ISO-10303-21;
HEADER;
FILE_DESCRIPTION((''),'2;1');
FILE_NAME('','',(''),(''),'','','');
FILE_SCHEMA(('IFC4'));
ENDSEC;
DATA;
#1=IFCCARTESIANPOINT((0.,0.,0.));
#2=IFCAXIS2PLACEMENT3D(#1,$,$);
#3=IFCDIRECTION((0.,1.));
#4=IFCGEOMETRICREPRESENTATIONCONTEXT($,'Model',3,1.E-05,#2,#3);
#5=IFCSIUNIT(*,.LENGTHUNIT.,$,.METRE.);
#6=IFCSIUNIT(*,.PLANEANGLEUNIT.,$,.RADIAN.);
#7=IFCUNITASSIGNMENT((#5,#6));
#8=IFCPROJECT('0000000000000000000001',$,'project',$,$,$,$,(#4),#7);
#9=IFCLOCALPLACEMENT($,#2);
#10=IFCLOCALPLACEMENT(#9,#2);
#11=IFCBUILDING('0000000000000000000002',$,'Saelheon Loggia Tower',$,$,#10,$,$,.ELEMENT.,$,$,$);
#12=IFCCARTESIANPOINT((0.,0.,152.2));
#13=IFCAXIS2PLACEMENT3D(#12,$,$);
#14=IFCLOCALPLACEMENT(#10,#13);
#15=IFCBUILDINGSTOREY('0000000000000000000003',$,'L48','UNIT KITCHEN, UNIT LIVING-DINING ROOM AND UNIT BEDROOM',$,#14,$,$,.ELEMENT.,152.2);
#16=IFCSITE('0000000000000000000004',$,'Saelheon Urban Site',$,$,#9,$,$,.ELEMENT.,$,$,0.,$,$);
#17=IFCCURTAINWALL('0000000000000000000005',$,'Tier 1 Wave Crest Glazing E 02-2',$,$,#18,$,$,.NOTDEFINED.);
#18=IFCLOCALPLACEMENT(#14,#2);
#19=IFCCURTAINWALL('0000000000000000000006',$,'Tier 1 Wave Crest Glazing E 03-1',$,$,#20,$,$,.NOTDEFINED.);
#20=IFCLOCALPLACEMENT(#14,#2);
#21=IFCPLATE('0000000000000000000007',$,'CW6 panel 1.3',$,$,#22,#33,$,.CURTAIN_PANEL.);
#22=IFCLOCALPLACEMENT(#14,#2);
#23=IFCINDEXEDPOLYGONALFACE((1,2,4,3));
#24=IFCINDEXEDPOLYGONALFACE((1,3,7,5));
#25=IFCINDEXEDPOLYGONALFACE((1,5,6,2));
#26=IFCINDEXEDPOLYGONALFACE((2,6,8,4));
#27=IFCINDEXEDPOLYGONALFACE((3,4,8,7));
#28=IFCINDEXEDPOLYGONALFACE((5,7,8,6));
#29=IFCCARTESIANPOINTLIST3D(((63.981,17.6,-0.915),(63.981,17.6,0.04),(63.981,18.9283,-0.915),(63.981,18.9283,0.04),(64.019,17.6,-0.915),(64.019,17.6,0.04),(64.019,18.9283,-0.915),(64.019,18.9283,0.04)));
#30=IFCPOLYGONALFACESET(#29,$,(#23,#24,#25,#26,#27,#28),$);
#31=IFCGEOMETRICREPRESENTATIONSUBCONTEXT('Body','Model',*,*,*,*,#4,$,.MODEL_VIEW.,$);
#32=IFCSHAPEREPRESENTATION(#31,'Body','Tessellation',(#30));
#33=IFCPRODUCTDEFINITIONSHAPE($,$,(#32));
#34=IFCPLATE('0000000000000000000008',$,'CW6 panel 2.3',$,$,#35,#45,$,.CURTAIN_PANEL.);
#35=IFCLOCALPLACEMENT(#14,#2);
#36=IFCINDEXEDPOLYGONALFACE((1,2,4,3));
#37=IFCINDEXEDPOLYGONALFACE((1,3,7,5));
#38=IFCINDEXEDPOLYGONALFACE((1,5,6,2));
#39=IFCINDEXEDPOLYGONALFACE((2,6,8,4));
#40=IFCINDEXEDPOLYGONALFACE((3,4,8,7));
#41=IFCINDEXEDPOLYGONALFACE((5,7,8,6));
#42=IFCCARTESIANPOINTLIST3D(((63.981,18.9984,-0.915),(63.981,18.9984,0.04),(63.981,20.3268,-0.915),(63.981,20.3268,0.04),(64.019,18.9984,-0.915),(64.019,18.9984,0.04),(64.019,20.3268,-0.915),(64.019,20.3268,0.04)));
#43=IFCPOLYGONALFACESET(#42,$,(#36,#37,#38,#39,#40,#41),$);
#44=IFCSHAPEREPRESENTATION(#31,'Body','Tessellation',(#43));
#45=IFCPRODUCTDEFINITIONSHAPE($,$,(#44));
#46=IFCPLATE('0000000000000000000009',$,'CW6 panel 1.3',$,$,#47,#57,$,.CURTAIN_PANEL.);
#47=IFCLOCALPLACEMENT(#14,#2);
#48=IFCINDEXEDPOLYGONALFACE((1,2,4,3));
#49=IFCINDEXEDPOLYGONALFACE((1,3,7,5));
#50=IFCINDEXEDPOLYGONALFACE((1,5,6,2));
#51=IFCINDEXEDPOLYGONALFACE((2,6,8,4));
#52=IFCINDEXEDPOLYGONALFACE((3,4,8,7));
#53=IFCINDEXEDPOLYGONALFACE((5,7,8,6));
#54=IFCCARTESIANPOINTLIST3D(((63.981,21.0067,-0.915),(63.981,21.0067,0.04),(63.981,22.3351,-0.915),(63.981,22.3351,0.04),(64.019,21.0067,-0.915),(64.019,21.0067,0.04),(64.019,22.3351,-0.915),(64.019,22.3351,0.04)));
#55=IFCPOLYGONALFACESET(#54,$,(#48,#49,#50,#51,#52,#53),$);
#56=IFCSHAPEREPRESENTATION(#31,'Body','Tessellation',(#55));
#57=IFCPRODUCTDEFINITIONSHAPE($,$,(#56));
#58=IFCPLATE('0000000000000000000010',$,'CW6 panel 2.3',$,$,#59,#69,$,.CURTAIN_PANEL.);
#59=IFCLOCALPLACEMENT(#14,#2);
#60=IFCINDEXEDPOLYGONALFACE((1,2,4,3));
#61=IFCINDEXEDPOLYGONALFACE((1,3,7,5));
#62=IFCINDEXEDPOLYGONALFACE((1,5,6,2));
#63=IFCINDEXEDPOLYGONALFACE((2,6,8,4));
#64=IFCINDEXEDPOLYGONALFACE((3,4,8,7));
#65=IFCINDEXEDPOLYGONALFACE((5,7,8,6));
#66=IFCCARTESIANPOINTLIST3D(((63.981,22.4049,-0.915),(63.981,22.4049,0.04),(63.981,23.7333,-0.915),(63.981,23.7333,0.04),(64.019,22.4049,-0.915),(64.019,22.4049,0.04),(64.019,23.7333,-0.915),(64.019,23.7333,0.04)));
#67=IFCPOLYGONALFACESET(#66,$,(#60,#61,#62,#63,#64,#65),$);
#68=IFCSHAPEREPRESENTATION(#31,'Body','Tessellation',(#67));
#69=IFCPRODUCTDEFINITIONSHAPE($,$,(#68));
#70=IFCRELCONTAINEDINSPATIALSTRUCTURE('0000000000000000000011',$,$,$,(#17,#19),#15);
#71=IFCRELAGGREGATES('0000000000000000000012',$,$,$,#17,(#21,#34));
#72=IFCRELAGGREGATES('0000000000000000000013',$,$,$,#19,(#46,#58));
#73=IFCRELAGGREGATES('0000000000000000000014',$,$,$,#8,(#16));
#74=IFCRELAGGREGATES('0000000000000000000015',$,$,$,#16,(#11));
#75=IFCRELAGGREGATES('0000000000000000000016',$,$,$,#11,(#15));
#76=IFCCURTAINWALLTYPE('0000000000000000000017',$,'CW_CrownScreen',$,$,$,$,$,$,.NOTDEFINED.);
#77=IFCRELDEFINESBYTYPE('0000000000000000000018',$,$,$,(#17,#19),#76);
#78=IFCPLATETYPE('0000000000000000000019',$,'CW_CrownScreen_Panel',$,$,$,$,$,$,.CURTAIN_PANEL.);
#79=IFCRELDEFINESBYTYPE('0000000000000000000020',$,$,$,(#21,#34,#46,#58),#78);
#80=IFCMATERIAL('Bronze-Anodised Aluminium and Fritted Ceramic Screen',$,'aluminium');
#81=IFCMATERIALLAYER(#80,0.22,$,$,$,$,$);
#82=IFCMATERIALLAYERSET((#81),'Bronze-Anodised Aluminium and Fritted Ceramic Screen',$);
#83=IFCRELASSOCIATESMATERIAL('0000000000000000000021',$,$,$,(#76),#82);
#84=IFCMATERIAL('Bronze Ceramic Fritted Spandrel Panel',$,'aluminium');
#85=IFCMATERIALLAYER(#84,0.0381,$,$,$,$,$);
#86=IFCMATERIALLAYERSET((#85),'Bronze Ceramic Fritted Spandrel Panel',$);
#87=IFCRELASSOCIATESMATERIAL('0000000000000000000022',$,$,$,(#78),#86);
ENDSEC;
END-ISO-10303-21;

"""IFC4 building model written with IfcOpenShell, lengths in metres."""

from ifc_helpers import new_model, si_unit, direction, frame, origin, origin_2d, place, context, subcontext, project, spatial, rectangle, extrude, source, transform, mapped, material, layer, layer_set, type_object, element, aggregate, save


model = new_model("IFC4")

# Units and contexts
model_context = context("Model", 3, precision=1e-05, world=origin(), true_north=direction((0.0, 1.0)))
body_context = subcontext(model_context, "Body", "Model", "MODEL_VIEW")
ifc_project = project(units=[si_unit("LENGTHUNIT", "METRE"), si_unit("PLANEANGLEUNIT", "RADIAN")], contexts=[model_context])

# Site, building, storey
site_placement = place(None, origin())
site = spatial("IfcSite", under=ifc_project, at=site_placement, Name="Saelheon Urban Site", CompositionType="ELEMENT", RefElevation=0.0)
building_placement = place(site_placement, origin())
building = spatial("IfcBuilding", under=site, at=building_placement, Name="Saelheon Loggia Tower", CompositionType="ELEMENT")
storey_placement = place(building_placement, frame((0.0, 0.0, 152.2)))
storey = spatial("IfcBuildingStorey", under=building, at=storey_placement, Name="L48", Description="UNIT KITCHEN, UNIT LIVING-DINING ROOM AND UNIT BEDROOM", CompositionType="ELEMENT", Elevation=152.2)

# Curtain walls
ifc_material_1 = material(Name="Bronze-Anodised Aluminium and Fritted Ceramic Screen", Category="aluminium")
ifc_layer_1 = layer(ifc_material_1, 0.22)
ifc_layer_set_1 = layer_set([ifc_layer_1], Name="Bronze-Anodised Aluminium and Fritted Ceramic Screen")
curtain_wall_type = type_object("IfcCurtainWallType", Name="CW_CrownScreen", PredefinedType="NOTDEFINED", material=ifc_layer_set_1)
curtain_wall_1_placement = place(storey_placement, origin())
curtain_wall_1 = element("IfcCurtainWall", 1, at=curtain_wall_1_placement, inside=storey, type_object=curtain_wall_type, Name="Tier 1 Wave Crest Glazing E 02-2", PredefinedType="NOTDEFINED")
curtain_wall_2_placement = place(storey_placement, origin())
curtain_wall_2 = element("IfcCurtainWall", 2, at=curtain_wall_2_placement, inside=storey, type_object=curtain_wall_type, Name="Tier 1 Wave Crest Glazing E 03-1", PredefinedType="NOTDEFINED")

# Plates
ifc_material_2 = material(Name="Bronze Ceramic Fritted Spandrel Panel", Category="aluminium")
ifc_layer_2 = layer(ifc_material_2, 0.0381)
ifc_layer_set_2 = layer_set([ifc_layer_2], Name="Bronze Ceramic Fritted Spandrel Panel")
plate_type = type_object("IfcPlateType", Name="CW_CrownScreen_Panel", PredefinedType="CURTAIN_PANEL", material=ifc_layer_set_2)
shared_shape_1 = source(origin(), body_context, "Body", "SweptSolid", [
    extrude(rectangle(XDim=1.3284, YDim=0.0381, at=origin_2d()), origin(), (0.0, 0.0, 1.0), 0.9551),
])
plate_1_placement = place(storey_placement, frame((64.0, 18.2642, -0.915), z_axis=(0.0, 0.0, 1.0), x_axis=(0.0, 1.0, 0.0)))
plate_1 = element("IfcPlate", 3, at=plate_1_placement, type_object=plate_type, Name="CW6 panel 1.3", PredefinedType="CURTAIN_PANEL", context=body_context, shape_type="MappedRepresentation", body=[
    mapped(shared_shape_1, transform((0.0, 0.0, 0.0), scale=1.0)),
])
plate_2_placement = place(storey_placement, frame((64.0, 19.6626, -0.915), z_axis=(0.0, 0.0, 1.0), x_axis=(0.0, 1.0, 0.0)))
plate_2 = element("IfcPlate", 4, at=plate_2_placement, type_object=plate_type, Name="CW6 panel 2.3", PredefinedType="CURTAIN_PANEL", context=body_context, shape_type="MappedRepresentation", body=[
    mapped(shared_shape_1, transform((0.0, 0.0, 0.0), scale=1.0)),
])
aggregate(curtain_wall_1, [plate_1, plate_2])
plate_3_placement = place(storey_placement, frame((64.0, 21.6709, -0.915), z_axis=(0.0, 0.0, 1.0), x_axis=(0.0, 1.0, 0.0)))
plate_3 = element("IfcPlate", 5, at=plate_3_placement, type_object=plate_type, Name="CW6 panel 1.3", PredefinedType="CURTAIN_PANEL", context=body_context, shape_type="MappedRepresentation", body=[
    mapped(shared_shape_1, transform((0.0, 0.0, 0.0), scale=1.0)),
])
plate_4_placement = place(storey_placement, frame((64.0, 23.0691, -0.915), z_axis=(0.0, 0.0, 1.0), x_axis=(0.0, 1.0, 0.0)))
plate_4 = element("IfcPlate", 6, at=plate_4_placement, type_object=plate_type, Name="CW6 panel 2.3", PredefinedType="CURTAIN_PANEL", context=body_context, shape_type="MappedRepresentation", body=[
    mapped(shared_shape_1, transform((0.0, 0.0, 0.0), scale=1.0)),
])
aggregate(curtain_wall_2, [plate_3, plate_4])

save(model, "model.ifc")
